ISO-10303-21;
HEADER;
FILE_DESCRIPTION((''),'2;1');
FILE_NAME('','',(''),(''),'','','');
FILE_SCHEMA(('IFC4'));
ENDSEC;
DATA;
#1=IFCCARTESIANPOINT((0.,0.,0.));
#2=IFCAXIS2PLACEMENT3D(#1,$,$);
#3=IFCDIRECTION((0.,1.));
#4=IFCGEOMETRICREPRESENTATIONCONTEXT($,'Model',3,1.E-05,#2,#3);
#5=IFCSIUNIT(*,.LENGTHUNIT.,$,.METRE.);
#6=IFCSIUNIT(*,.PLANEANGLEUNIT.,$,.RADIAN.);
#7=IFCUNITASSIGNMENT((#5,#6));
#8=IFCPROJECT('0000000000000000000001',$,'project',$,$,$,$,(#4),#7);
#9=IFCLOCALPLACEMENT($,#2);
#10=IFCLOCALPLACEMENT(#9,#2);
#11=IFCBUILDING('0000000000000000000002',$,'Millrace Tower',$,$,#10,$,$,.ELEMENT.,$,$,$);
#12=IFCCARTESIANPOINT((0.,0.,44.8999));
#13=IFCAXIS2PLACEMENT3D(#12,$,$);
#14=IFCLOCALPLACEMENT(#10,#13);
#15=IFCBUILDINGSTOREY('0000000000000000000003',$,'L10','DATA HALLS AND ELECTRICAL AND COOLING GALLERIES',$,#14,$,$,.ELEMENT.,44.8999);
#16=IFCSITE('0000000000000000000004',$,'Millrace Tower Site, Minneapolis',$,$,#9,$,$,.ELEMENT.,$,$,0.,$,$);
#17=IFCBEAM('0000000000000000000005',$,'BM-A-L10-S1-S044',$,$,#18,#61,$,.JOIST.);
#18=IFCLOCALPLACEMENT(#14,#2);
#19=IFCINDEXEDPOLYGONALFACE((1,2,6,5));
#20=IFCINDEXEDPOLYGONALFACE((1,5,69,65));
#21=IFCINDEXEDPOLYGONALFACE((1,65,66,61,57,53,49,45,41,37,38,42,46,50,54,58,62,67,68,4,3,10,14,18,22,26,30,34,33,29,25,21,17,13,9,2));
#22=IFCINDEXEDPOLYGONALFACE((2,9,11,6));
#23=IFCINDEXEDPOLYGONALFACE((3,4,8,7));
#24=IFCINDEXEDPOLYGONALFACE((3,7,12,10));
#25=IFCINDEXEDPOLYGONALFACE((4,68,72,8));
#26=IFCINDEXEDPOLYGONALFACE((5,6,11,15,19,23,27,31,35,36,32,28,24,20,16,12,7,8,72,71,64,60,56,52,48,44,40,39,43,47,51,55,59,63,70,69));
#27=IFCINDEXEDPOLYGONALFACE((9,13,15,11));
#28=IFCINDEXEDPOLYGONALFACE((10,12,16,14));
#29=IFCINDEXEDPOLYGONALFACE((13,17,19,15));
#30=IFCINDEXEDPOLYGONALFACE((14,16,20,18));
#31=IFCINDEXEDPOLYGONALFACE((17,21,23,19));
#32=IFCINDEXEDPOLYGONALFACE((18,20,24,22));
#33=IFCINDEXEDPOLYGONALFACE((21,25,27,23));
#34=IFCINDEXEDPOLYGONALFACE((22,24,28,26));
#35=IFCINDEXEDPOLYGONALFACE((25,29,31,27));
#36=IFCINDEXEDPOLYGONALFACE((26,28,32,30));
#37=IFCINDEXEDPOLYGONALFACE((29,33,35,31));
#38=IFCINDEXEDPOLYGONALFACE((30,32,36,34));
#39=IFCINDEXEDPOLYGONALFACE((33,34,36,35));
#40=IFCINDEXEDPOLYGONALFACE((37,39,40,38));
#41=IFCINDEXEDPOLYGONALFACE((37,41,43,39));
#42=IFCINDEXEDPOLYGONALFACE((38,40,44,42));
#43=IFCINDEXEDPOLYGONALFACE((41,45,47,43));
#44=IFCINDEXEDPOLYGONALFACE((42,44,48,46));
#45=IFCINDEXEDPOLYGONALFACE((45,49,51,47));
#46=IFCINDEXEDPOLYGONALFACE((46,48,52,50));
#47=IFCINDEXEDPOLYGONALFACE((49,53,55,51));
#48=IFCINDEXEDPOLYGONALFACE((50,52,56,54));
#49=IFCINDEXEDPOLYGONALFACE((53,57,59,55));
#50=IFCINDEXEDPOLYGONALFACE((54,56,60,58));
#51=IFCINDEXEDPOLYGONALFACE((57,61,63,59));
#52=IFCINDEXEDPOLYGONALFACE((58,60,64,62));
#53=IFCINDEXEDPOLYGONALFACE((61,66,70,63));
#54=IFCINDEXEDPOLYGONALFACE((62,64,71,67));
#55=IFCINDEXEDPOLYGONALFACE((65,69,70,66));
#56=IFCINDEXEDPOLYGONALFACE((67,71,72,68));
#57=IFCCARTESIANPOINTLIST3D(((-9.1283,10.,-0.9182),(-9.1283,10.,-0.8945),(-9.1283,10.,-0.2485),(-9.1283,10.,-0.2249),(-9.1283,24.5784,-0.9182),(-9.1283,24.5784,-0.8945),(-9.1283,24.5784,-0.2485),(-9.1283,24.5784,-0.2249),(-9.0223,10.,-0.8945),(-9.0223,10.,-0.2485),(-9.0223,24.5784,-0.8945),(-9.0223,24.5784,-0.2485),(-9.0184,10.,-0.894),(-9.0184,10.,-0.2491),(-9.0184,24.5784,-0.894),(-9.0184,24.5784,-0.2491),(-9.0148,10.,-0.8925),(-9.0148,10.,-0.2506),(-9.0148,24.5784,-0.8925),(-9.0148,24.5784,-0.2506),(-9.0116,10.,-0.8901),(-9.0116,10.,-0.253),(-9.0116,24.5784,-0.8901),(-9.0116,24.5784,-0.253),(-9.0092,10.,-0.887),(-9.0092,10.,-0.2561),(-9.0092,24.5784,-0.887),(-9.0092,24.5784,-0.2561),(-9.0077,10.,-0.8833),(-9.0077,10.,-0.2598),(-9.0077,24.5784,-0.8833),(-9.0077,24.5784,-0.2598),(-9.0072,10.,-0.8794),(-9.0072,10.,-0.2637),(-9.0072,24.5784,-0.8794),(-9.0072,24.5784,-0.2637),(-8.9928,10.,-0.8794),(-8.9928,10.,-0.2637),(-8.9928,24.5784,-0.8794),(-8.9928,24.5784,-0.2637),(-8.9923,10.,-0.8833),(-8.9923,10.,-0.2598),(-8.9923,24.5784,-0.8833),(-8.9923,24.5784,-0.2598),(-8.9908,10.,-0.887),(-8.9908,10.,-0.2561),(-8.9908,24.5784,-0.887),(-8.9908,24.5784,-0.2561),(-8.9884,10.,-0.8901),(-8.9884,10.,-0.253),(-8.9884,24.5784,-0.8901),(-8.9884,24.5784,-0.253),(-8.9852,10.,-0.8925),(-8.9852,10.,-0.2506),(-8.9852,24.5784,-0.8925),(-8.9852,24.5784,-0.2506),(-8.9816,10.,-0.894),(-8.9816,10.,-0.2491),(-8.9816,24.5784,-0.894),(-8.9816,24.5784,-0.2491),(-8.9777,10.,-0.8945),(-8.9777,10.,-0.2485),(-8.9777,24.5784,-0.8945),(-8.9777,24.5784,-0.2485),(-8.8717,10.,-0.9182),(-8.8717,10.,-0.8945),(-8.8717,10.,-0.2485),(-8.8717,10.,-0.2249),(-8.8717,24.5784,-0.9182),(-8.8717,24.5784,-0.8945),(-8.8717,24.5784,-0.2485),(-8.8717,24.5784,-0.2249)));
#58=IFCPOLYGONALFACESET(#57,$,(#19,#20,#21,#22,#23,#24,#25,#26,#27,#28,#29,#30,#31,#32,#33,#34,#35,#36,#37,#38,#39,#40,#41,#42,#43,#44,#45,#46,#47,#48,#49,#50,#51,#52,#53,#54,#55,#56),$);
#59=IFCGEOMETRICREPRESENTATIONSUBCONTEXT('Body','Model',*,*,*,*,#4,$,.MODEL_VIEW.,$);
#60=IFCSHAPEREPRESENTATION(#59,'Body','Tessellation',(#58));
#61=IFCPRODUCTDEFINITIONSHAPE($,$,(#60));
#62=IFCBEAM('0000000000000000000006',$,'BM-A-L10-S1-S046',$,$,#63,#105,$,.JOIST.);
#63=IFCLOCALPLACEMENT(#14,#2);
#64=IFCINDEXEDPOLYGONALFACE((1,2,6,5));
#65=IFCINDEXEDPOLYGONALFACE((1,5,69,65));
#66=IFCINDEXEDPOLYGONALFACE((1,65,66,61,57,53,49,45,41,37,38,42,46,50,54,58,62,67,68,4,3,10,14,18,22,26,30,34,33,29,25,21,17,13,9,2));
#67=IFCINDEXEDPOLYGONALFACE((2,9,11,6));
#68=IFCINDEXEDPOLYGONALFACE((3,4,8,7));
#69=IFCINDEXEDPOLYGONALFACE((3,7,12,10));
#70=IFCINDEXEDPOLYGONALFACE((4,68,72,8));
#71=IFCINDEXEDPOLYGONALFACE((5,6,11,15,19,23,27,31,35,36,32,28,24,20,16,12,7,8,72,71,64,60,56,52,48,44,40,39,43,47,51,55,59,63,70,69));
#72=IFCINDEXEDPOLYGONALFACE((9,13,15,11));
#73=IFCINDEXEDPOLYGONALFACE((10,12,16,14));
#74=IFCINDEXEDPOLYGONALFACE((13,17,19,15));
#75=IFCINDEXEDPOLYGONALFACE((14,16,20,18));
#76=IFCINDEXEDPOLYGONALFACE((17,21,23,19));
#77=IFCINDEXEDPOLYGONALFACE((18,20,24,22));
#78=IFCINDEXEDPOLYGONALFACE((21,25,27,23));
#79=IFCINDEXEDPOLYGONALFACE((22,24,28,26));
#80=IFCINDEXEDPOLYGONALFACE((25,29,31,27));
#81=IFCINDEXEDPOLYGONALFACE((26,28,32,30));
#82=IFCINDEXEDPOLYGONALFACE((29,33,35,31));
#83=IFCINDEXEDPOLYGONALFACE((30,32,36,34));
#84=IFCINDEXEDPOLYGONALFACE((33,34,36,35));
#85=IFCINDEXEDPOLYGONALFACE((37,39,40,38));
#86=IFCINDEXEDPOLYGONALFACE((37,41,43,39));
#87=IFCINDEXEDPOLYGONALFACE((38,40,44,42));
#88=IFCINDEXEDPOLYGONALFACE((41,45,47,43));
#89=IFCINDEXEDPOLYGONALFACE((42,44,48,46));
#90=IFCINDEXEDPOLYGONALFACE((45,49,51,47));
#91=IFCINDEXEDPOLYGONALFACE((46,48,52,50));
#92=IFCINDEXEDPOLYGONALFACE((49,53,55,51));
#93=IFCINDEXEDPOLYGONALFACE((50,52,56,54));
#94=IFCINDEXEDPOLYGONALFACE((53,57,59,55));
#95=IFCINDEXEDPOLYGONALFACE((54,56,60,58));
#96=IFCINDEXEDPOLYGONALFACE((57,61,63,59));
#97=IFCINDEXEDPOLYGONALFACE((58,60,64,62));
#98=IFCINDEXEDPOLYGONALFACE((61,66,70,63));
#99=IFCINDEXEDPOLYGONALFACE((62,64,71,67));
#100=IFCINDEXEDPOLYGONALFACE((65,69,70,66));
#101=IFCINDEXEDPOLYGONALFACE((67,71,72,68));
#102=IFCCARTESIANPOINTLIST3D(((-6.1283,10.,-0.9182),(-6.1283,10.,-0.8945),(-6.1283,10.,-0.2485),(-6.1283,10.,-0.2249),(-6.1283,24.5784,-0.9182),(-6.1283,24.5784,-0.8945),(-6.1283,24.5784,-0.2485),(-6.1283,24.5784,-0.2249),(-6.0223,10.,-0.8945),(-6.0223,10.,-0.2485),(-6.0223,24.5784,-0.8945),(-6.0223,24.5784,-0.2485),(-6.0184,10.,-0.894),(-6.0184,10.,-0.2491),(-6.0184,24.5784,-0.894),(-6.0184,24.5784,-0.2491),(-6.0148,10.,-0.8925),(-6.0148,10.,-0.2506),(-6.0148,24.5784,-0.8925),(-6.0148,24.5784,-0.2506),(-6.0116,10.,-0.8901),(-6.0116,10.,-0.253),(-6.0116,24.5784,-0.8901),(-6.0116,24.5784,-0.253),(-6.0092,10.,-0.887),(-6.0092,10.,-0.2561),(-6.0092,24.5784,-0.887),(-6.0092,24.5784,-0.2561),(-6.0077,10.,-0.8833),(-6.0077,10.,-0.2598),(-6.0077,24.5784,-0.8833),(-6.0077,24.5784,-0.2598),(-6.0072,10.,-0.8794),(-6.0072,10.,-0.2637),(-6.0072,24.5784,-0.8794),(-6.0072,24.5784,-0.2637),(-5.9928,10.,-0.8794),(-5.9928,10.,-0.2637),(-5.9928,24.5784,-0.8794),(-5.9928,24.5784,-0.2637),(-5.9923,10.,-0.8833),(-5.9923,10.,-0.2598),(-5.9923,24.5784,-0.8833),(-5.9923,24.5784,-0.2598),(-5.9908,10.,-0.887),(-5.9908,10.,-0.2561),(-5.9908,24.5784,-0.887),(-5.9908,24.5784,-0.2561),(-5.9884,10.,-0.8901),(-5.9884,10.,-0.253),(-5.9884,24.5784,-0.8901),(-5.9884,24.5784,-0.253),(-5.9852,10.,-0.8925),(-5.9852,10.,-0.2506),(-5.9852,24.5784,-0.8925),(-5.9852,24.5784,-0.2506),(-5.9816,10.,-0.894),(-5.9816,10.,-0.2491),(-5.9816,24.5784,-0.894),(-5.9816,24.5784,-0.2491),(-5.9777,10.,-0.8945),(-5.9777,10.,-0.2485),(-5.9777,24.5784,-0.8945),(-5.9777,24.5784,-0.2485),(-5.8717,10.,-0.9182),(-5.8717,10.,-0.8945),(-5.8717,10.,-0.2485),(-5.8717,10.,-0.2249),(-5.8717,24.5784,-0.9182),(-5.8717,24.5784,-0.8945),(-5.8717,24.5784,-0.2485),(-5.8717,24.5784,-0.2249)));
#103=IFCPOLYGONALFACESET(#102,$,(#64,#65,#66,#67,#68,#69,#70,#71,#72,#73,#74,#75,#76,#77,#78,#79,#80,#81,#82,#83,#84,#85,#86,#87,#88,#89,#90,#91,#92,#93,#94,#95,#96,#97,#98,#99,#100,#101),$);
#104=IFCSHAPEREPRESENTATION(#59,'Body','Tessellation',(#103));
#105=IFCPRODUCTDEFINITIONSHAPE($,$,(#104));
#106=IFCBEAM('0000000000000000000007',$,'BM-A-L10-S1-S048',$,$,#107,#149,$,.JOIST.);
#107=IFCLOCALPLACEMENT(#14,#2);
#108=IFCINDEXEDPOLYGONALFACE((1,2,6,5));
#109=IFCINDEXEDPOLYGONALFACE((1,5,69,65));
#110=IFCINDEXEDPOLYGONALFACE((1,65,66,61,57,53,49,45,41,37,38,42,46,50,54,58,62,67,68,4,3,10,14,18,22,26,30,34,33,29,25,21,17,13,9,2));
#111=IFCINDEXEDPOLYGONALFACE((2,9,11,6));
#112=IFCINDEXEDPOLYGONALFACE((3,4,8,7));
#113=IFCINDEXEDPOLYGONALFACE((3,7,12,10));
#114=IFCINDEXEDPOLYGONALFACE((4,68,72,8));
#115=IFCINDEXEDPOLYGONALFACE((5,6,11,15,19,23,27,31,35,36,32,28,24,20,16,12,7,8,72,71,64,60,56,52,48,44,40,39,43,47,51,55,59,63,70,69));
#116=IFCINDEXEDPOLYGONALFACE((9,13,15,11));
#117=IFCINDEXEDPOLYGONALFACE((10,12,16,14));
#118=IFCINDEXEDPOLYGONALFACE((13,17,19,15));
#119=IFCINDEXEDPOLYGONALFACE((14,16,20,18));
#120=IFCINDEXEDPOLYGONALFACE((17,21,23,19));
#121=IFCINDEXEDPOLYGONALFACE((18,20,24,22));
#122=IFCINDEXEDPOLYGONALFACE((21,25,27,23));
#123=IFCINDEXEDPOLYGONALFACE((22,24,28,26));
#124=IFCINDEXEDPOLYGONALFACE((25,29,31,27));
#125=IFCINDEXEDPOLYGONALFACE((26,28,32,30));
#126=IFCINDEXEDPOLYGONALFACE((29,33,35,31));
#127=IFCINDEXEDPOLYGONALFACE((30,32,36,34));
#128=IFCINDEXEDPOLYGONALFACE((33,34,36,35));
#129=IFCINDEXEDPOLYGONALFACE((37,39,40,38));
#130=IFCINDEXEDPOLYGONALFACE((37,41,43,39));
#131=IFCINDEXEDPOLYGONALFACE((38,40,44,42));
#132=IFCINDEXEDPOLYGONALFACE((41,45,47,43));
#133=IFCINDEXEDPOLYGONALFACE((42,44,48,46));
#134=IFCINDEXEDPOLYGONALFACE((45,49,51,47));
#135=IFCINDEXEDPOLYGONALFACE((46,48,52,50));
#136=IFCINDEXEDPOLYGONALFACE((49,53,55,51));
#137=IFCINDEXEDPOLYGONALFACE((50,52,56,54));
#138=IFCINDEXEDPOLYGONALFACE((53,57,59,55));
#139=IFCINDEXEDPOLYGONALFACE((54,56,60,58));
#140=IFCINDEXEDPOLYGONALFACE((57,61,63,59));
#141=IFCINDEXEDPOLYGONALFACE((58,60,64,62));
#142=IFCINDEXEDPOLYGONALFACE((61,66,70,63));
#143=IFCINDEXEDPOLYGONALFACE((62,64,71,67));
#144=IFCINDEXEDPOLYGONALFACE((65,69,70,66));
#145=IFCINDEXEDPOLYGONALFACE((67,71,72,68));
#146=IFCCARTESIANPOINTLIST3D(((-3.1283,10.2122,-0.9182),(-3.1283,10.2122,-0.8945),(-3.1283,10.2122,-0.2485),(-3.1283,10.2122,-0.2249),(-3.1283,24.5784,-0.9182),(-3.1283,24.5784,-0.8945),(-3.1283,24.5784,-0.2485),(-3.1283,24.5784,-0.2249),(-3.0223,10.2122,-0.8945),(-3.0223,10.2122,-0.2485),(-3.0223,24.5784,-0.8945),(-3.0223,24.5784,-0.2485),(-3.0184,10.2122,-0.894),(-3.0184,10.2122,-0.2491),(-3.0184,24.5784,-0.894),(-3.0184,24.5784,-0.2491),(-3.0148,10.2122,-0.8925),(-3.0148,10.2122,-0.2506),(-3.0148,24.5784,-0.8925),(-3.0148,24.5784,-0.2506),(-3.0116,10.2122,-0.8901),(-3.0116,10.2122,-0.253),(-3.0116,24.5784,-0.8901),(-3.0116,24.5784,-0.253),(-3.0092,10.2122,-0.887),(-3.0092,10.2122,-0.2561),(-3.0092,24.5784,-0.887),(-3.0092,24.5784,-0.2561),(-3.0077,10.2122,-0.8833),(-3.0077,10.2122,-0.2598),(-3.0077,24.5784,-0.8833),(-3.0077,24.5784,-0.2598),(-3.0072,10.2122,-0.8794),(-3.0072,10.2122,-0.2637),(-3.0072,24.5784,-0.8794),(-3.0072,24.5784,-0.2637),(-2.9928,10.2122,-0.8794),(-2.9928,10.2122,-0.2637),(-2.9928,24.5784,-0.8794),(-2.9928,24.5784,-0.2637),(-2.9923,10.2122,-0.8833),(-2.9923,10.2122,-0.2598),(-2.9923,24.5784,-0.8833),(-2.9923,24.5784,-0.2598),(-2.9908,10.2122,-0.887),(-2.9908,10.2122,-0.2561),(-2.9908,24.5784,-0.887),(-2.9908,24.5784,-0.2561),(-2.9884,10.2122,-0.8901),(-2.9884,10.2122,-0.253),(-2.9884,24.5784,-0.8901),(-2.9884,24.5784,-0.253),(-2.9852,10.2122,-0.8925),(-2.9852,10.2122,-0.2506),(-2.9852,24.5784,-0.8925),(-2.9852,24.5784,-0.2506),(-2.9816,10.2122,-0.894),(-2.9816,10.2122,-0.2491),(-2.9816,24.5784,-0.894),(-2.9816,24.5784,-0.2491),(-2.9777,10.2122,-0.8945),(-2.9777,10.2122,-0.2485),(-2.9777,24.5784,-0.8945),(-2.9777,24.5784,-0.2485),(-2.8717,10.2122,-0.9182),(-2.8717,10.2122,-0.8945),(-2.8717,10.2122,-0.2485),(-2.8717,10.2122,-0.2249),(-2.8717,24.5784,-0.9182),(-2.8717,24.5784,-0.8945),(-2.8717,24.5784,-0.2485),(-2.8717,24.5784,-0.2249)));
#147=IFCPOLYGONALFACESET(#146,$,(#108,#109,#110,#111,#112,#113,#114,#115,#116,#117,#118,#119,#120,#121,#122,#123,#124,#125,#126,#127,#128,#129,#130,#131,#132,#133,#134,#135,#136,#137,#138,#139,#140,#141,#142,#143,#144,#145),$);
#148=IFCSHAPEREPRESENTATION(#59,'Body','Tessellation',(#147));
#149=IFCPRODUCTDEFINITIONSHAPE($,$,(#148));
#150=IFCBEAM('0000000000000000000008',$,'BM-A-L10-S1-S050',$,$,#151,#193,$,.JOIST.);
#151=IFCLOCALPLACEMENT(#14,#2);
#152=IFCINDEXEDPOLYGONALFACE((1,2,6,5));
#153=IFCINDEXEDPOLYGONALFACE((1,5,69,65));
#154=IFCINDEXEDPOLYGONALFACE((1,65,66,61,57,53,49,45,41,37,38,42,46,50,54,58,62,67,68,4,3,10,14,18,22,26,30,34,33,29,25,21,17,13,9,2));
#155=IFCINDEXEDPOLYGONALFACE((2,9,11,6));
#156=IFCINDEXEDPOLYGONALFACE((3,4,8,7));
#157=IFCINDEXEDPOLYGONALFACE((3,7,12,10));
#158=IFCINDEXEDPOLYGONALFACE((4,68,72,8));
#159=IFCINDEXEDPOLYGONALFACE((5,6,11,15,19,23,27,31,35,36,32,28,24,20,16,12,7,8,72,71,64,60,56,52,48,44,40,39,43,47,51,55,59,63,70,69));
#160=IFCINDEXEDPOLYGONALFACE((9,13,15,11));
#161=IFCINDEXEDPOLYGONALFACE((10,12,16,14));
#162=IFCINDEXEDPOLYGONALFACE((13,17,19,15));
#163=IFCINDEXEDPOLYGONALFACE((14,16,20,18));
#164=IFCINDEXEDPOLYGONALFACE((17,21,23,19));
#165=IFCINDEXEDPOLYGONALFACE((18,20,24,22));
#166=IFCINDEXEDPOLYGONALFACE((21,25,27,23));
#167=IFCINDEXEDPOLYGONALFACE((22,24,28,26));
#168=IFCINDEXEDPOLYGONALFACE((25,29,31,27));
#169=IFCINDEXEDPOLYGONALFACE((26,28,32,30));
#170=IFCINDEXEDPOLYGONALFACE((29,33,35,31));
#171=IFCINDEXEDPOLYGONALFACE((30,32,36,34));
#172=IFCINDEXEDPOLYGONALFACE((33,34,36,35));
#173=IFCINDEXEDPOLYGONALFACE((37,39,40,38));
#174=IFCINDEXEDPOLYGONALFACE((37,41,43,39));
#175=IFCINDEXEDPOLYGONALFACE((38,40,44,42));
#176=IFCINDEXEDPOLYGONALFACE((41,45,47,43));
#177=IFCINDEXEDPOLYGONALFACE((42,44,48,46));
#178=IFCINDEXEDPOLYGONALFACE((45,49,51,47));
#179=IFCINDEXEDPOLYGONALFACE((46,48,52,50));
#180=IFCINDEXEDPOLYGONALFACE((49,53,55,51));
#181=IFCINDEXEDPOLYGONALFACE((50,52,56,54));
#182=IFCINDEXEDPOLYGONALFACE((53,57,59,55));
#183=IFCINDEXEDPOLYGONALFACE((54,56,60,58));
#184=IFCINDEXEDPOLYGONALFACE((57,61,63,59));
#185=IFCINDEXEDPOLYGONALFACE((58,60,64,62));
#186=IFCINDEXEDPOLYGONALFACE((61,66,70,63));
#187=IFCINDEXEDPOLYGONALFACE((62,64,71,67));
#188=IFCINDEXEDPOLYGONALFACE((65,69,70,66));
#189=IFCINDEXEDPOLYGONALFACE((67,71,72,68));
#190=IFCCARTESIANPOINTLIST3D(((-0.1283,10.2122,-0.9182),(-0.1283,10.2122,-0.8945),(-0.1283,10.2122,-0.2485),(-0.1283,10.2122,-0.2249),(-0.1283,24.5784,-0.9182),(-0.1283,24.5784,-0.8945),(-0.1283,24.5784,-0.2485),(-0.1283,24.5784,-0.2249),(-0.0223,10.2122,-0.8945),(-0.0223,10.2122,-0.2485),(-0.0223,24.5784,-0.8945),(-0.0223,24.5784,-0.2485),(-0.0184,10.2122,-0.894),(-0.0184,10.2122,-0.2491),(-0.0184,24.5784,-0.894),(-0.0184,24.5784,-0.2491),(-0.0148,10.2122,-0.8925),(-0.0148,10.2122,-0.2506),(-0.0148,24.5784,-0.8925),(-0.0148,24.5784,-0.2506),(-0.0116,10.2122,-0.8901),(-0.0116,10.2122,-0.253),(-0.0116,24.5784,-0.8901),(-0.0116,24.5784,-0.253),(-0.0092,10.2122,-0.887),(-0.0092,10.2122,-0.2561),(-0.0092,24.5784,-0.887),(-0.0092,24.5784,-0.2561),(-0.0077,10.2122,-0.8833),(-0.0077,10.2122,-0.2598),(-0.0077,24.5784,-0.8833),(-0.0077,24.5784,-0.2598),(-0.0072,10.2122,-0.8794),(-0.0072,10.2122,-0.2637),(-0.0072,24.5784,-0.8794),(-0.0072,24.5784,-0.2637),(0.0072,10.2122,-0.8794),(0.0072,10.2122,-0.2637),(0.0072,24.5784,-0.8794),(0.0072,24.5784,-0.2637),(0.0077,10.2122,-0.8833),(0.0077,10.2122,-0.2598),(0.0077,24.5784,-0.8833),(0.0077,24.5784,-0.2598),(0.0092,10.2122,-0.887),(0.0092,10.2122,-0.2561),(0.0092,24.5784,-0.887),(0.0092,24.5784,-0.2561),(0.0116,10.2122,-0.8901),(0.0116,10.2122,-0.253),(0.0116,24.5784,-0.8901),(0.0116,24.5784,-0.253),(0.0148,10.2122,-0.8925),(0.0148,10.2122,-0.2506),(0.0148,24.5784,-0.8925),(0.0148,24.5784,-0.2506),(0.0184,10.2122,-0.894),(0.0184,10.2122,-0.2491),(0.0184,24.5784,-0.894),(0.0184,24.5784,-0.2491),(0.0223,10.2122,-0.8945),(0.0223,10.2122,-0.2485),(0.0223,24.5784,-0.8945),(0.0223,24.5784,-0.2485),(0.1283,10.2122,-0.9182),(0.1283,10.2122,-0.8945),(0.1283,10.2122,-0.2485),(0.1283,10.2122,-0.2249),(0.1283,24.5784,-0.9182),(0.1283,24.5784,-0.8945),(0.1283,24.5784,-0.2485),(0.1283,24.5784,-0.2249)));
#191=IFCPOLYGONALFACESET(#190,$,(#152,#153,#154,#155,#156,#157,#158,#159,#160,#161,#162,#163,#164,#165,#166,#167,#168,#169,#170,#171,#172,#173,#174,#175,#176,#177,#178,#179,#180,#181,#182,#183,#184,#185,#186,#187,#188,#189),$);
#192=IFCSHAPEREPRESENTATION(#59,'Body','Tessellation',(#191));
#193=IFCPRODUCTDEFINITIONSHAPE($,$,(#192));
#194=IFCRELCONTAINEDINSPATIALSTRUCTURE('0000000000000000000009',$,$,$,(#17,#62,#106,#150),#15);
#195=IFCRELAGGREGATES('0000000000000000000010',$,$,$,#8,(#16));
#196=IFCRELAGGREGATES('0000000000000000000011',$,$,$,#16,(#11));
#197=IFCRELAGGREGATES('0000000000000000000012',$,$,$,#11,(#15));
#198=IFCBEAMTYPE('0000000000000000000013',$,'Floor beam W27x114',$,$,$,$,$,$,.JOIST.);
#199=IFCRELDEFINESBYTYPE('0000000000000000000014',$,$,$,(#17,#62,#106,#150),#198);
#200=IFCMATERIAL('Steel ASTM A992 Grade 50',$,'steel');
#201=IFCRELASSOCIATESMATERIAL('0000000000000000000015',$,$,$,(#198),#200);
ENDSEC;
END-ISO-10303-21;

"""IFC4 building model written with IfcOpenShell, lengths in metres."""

from ifc_helpers import new_model, si_unit, direction, frame, origin, origin_2d, place, context, subcontext, project, spatial, i_section, extrude, material, material_profile, profile_set, type_object, element, save


model = new_model("IFC4")

# Units and contexts
model_context = context("Model", 3, precision=1e-05, world=origin(), true_north=direction((0.0, 1.0)))
body_context = subcontext(model_context, "Body", "Model", "MODEL_VIEW")
ifc_project = project(units=[si_unit("LENGTHUNIT", "METRE"), si_unit("PLANEANGLEUNIT", "RADIAN")], contexts=[model_context])

# Site, building, storey
site_placement = place(None, origin())
site = spatial("IfcSite", under=ifc_project, at=site_placement, Name="Millrace Tower Site, Minneapolis", CompositionType="ELEMENT", RefElevation=0.0)
building_placement = place(site_placement, origin())
building = spatial("IfcBuilding", under=site, at=building_placement, Name="Millrace Tower", CompositionType="ELEMENT")
storey_placement = place(building_placement, frame((0.0, 0.0, 44.8999)))
storey = spatial("IfcBuildingStorey", under=building, at=storey_placement, Name="L10", Description="DATA HALLS AND ELECTRICAL AND COOLING GALLERIES", CompositionType="ELEMENT", Elevation=44.8999)

# Beams
ifc_material_1 = material(Name="Steel ASTM A992 Grade 50", Category="steel")
ifc_material_profile_1 = material_profile(ifc_material_1, i_section(OverallWidth=0.2566, OverallDepth=0.6934, WebThickness=0.0144, FlangeThickness=0.0237, FilletRadius=0.0151, at=origin_2d()))
ifc_profile_set_1 = profile_set([ifc_material_profile_1], Name="Steel ASTM A992 Grade 50")
beam_type_1 = type_object("IfcBeamType", Name="Floor beam W27x114", PredefinedType="JOIST", material=ifc_profile_set_1)
for number, where, z_axis, x_axis, name in (
    (1, (-9.0, 10.0, -0.5715), (0.0, 1.0, 0.0), (-1.0, 0.0, 0.0), "BM-A-L10-S1-S044"),
    (2, (-6.0, 10.0, -0.5715), (0.0, 1.0, 0.0), (-1.0, 0.0, 0.0), "BM-A-L10-S1-S046"),
):
    element("IfcBeam", number, at=place(storey_placement, frame(where, z_axis=z_axis, x_axis=x_axis)), inside=storey, type_object=beam_type_1, Name=name, PredefinedType="JOIST", context=body_context, shape_type="SweptSolid", body=[
        extrude(i_section(OverallWidth=0.2566, OverallDepth=0.6934, WebThickness=0.0144, FlangeThickness=0.0237, FilletRadius=0.0151, at=origin_2d()), origin(), (0.0, 0.0, 1.0), 14.5784),
    ])
for number, where, z_axis, x_axis, name in (
    (3, (-3.0, 10.2122, -0.5715), (0.0, 1.0, 0.0), (-1.0, 0.0, 0.0), "BM-A-L10-S1-S048"),
    (4, (0.0, 10.2122, -0.5715), (0.0, 1.0, 0.0), (-1.0, 0.0, 0.0), "BM-A-L10-S1-S050"),
):
    element("IfcBeam", number, at=place(storey_placement, frame(where, z_axis=z_axis, x_axis=x_axis)), inside=storey, type_object=beam_type_1, Name=name, PredefinedType="JOIST", context=body_context, shape_type="SweptSolid", body=[
        extrude(i_section(OverallWidth=0.2566, OverallDepth=0.6934, WebThickness=0.0144, FlangeThickness=0.0237, FilletRadius=0.0151, at=origin_2d()), origin(), (0.0, 0.0, 1.0), 14.3662),
    ])

save(model, "model.ifc")
